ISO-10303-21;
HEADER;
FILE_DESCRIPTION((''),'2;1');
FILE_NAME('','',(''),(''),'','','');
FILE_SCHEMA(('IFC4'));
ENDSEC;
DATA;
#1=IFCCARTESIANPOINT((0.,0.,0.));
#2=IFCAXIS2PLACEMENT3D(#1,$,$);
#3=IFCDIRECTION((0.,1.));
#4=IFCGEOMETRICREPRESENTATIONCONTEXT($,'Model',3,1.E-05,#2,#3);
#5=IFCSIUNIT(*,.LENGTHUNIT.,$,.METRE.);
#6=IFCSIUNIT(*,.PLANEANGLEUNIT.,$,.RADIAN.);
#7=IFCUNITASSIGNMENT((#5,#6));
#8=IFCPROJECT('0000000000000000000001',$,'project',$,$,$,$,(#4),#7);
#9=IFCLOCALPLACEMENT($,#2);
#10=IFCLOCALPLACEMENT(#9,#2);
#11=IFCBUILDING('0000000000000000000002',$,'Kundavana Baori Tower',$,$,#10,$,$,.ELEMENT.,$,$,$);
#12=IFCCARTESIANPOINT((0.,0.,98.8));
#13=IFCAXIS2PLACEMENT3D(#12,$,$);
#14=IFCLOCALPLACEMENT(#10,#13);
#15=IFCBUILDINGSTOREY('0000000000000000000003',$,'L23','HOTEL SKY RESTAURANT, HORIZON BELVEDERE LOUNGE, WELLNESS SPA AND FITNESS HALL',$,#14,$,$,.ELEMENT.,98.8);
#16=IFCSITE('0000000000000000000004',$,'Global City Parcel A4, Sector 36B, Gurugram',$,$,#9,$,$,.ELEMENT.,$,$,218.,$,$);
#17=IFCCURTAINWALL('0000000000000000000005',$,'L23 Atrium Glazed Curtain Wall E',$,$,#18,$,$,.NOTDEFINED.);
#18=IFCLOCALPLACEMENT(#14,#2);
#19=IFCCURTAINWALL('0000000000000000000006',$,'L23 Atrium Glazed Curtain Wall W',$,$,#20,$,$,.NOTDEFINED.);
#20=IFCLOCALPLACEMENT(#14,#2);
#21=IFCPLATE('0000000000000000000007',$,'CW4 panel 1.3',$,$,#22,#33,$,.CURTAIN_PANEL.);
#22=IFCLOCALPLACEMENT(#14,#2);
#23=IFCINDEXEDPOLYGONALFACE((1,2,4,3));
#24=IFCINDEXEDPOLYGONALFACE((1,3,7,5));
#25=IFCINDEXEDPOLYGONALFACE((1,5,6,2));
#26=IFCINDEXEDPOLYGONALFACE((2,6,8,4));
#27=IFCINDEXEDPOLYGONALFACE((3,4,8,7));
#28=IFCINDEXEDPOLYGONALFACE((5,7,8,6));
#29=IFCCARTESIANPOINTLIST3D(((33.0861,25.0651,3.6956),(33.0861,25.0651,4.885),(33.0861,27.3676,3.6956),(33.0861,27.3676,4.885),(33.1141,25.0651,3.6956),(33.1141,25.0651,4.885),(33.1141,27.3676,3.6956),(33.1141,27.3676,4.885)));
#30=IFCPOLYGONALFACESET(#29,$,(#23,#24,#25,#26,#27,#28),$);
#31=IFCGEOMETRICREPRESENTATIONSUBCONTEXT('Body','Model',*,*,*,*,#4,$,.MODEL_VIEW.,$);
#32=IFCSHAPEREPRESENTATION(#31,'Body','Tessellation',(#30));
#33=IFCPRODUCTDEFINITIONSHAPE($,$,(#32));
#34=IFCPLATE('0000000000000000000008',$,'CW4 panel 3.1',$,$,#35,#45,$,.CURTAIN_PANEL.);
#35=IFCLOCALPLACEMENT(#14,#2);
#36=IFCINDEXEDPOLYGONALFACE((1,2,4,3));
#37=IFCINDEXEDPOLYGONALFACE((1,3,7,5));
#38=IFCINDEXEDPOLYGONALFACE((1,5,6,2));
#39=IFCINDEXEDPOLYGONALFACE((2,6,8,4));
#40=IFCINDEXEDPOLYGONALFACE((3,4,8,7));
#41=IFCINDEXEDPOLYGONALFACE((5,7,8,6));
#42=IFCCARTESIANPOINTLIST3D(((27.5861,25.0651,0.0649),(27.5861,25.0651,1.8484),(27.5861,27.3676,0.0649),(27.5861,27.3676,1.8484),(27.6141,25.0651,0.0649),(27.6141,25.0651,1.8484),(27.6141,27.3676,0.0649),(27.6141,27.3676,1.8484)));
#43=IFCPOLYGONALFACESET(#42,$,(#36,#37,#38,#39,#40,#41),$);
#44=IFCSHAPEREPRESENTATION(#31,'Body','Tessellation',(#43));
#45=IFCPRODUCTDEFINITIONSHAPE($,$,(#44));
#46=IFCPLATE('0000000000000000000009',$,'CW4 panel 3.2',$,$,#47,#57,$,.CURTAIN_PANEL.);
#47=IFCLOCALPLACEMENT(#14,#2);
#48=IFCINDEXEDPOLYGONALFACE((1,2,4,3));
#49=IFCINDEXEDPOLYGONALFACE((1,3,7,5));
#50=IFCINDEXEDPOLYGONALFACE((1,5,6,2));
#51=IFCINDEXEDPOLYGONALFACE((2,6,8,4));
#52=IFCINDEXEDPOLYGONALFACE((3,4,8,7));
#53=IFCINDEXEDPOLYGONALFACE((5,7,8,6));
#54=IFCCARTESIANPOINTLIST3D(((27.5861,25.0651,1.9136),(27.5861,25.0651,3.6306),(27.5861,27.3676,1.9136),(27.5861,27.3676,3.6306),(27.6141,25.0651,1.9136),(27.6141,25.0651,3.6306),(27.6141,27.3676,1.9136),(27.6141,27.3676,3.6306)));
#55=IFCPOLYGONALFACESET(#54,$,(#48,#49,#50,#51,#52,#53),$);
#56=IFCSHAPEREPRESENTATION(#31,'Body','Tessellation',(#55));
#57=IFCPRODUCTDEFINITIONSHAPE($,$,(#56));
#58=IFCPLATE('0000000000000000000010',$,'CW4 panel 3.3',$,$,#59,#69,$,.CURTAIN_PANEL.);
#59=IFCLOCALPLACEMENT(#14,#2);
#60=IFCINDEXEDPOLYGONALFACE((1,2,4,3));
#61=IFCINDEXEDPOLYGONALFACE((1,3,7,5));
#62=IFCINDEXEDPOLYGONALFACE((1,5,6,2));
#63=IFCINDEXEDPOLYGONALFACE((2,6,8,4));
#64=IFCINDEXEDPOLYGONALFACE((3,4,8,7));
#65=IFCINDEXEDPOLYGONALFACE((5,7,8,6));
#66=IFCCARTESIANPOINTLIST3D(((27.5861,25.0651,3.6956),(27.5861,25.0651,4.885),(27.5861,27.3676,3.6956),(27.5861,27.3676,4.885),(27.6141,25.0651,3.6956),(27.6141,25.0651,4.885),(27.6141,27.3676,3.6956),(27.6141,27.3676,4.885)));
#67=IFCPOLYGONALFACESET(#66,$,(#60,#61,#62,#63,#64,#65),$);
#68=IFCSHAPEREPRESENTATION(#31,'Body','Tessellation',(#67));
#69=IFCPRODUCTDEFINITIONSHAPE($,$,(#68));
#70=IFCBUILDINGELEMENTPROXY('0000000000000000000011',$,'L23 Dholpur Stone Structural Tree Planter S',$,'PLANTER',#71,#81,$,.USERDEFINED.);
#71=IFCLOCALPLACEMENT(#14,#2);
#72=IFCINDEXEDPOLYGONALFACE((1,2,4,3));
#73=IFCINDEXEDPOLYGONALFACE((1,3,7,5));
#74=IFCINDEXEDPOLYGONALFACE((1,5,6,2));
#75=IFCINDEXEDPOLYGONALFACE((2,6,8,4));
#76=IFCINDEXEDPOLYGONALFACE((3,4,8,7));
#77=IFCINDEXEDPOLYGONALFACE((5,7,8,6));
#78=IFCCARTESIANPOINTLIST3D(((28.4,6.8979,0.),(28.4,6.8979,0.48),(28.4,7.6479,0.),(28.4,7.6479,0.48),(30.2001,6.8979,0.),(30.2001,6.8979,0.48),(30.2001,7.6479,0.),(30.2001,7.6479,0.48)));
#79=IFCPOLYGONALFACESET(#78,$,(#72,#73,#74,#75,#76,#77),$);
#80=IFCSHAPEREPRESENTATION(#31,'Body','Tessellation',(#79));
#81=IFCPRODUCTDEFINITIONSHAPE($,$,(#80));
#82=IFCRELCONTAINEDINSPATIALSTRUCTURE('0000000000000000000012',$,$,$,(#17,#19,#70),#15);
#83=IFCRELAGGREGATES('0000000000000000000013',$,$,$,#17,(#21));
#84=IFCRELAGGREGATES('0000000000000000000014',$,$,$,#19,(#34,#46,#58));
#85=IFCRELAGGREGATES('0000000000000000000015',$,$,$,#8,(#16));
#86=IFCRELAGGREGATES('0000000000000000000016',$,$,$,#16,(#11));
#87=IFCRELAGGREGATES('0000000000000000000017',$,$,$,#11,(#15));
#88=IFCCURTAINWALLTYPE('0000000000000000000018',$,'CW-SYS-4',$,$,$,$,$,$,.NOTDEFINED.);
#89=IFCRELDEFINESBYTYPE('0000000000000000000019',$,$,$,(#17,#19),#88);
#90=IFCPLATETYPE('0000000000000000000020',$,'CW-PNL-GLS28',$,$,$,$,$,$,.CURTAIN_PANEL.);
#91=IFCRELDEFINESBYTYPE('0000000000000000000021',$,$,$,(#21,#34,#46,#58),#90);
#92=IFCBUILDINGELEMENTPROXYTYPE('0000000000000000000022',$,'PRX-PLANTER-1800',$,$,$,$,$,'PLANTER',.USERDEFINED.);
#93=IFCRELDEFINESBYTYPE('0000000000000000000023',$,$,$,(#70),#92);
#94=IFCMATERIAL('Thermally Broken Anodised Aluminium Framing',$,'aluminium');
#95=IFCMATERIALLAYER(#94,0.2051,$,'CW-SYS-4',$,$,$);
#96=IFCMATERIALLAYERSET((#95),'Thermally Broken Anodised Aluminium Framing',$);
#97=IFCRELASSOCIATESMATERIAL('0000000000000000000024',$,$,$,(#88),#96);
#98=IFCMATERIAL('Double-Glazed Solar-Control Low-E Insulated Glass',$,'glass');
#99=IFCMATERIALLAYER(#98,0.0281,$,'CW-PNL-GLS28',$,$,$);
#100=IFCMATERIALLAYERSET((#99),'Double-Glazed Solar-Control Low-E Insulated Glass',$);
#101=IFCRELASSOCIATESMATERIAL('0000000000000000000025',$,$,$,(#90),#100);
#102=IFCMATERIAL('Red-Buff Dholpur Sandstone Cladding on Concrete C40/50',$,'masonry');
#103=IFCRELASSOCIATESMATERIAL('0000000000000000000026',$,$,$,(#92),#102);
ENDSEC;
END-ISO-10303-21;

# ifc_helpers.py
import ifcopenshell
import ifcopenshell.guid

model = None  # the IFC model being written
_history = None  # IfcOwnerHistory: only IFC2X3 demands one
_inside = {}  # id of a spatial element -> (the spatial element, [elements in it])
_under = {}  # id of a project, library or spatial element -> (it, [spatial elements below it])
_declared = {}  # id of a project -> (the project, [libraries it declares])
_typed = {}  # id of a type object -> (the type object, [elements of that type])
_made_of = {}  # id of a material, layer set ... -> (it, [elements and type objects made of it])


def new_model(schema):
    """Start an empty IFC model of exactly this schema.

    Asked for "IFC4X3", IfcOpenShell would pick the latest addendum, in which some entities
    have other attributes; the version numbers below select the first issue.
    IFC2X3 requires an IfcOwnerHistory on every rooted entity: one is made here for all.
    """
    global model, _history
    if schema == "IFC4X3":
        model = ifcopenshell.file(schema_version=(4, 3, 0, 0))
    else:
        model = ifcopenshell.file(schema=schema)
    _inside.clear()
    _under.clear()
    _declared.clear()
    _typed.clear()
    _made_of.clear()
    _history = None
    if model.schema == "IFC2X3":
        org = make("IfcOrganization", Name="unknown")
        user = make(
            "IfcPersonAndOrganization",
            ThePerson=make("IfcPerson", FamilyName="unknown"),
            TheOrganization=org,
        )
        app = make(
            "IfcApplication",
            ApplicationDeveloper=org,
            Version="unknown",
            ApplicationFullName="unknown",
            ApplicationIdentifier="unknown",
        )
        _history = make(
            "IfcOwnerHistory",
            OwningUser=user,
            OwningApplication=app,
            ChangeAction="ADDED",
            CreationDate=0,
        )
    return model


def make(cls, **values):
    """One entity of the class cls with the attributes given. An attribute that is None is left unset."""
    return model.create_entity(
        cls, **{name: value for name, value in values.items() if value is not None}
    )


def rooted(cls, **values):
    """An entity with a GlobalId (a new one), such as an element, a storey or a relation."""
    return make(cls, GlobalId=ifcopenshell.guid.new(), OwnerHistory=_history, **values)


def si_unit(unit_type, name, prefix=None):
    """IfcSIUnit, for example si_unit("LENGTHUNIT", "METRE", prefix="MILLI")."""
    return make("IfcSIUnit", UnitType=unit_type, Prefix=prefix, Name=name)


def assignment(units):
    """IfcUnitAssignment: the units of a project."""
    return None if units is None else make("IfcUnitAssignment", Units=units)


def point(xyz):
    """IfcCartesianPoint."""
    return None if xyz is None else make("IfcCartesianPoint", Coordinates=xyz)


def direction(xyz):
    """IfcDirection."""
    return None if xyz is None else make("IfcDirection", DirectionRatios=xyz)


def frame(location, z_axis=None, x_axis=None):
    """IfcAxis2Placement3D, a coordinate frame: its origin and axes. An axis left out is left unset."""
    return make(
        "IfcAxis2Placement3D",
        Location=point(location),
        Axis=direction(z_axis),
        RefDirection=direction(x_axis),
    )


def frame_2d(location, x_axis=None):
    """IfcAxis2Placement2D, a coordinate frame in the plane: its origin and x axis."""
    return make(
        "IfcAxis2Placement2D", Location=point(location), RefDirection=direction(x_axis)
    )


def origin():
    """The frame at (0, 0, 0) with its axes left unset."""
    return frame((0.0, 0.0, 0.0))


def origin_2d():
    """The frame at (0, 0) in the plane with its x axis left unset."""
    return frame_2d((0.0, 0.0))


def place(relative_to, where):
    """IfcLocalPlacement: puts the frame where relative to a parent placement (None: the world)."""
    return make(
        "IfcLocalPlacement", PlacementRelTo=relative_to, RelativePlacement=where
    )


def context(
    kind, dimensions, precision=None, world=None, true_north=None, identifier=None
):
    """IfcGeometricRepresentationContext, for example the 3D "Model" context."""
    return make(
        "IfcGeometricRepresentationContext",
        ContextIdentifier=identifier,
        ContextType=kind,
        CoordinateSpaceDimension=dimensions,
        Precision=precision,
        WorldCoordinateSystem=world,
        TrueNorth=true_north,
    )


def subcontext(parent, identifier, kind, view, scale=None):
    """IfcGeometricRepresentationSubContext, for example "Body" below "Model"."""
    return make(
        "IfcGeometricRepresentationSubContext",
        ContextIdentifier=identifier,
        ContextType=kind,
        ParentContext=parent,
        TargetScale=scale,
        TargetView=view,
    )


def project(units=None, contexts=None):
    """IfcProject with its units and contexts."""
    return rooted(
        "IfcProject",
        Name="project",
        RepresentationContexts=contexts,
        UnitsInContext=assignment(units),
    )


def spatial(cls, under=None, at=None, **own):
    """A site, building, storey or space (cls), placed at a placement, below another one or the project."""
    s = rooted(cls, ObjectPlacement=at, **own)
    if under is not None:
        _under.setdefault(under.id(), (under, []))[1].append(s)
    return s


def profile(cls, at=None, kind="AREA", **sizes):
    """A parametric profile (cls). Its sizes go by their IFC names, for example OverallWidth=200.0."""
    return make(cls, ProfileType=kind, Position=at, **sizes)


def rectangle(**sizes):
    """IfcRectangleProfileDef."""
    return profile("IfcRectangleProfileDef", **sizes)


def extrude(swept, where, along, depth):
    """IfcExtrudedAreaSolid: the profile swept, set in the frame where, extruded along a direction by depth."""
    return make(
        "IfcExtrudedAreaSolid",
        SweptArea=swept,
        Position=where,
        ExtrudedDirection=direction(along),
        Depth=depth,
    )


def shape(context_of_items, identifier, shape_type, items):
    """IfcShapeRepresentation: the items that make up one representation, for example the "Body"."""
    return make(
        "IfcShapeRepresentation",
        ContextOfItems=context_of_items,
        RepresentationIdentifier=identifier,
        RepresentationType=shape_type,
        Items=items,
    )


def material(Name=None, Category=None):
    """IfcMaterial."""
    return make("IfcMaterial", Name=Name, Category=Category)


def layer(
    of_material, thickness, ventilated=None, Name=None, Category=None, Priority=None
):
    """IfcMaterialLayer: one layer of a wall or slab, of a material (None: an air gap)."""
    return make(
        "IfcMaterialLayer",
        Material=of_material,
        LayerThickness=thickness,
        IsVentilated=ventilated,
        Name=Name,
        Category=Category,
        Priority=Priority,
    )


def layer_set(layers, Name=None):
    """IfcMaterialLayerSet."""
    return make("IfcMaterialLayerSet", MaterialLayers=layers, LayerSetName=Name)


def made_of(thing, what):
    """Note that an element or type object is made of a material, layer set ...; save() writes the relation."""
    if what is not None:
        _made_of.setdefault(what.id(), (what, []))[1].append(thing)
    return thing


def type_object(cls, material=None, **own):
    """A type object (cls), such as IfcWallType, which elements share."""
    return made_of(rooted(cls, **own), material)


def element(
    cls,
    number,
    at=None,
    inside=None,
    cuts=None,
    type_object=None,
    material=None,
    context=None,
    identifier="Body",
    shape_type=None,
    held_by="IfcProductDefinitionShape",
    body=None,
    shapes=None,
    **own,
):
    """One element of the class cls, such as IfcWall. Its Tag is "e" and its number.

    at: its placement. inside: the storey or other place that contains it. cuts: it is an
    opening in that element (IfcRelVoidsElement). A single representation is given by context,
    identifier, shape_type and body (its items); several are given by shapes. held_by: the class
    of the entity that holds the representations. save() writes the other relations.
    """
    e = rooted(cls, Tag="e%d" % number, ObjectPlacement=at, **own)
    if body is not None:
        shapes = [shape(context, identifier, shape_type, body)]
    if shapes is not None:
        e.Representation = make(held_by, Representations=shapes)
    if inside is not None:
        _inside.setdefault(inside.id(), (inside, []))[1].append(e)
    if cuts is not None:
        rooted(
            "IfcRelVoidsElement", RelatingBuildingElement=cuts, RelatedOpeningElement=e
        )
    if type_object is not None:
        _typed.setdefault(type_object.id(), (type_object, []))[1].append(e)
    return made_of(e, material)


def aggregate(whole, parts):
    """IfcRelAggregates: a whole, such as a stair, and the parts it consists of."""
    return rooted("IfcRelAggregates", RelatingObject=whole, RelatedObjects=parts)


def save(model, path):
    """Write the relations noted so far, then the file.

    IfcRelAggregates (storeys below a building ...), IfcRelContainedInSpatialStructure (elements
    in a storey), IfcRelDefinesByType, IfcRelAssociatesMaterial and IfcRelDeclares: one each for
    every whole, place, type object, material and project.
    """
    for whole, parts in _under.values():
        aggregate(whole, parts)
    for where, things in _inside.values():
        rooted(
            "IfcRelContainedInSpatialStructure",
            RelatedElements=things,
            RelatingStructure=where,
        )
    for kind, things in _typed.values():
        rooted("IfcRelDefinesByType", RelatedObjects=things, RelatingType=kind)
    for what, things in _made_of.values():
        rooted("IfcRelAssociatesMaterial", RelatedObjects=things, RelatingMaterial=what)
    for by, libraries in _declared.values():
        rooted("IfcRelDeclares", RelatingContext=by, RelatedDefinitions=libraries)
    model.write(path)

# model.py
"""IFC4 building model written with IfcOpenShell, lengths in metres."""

from ifc_helpers import new_model, si_unit, direction, frame, origin, origin_2d, place, context, subcontext, project, spatial, rectangle, extrude, material, layer, layer_set, type_object, element, aggregate, save


model = new_model("IFC4")

# Units and contexts
model_context = context("Model", 3, precision=1e-05, world=origin(), true_north=direction((0.0, 1.0)))
body_context = subcontext(model_context, "Body", "Model", "MODEL_VIEW")
ifc_project = project(units=[si_unit("LENGTHUNIT", "METRE"), si_unit("PLANEANGLEUNIT", "RADIAN")], contexts=[model_context])

# Site, building, storey
site_placement = place(None, origin())
site = spatial("IfcSite", under=ifc_project, at=site_placement, Name="Global City Parcel A4, Sector 36B, Gurugram", CompositionType="ELEMENT", RefElevation=218.0)
building_placement = place(site_placement, origin())
building = spatial("IfcBuilding", under=site, at=building_placement, Name="Kundavana Baori Tower", CompositionType="ELEMENT")
storey_placement = place(building_placement, frame((0.0, 0.0, 98.8)))
storey = spatial("IfcBuildingStorey", under=building, at=storey_placement, Name="L23", Description="HOTEL SKY RESTAURANT, HORIZON BELVEDERE LOUNGE, WELLNESS SPA AND FITNESS HALL", CompositionType="ELEMENT", Elevation=98.8)

# Curtain wall
ifc_material_1 = material(Name="Thermally Broken Anodised Aluminium Framing", Category="aluminium")
ifc_layer_1 = layer(ifc_material_1, 0.2051, Name="CW-SYS-4")
ifc_layer_set_1 = layer_set([ifc_layer_1], Name="Thermally Broken Anodised Aluminium Framing")
curtain_wall_type = type_object("IfcCurtainWallType", Name="CW-SYS-4", PredefinedType="NOTDEFINED", material=ifc_layer_set_1)
curtain_wall_1_placement = place(storey_placement, origin())
curtain_wall_1 = element("IfcCurtainWall", 1, at=curtain_wall_1_placement, inside=storey, type_object=curtain_wall_type, Name="L23 Atrium Glazed Curtain Wall E", PredefinedType="NOTDEFINED")

# Curtain wall
curtain_wall_2_placement = place(storey_placement, origin())
curtain_wall_2 = element("IfcCurtainWall", 2, at=curtain_wall_2_placement, inside=storey, type_object=curtain_wall_type, Name="L23 Atrium Glazed Curtain Wall W", PredefinedType="NOTDEFINED")

# Plates
ifc_material_2 = material(Name="Double-Glazed Solar-Control Low-E Insulated Glass", Category="glass")
ifc_layer_2 = layer(ifc_material_2, 0.0281, Name="CW-PNL-GLS28")
ifc_layer_set_2 = layer_set([ifc_layer_2], Name="Double-Glazed Solar-Control Low-E Insulated Glass")
plate_type = type_object("IfcPlateType", Name="CW-PNL-GLS28", PredefinedType="CURTAIN_PANEL", material=ifc_layer_set_2)
plate_1_placement = place(storey_placement, frame((33.1001, 26.2163, 3.6956), z_axis=(0.0, 0.0, 1.0), x_axis=(0.0, 1.0, 0.0)))
plate_1 = element("IfcPlate", 3, at=plate_1_placement, type_object=plate_type, Name="CW4 panel 1.3", PredefinedType="CURTAIN_PANEL", context=body_context, shape_type="SweptSolid", body=[
    extrude(rectangle(XDim=2.3025, YDim=0.0281, at=origin_2d()), origin(), (0.0, 0.0, 1.0), 1.1895),
])
aggregate(curtain_wall_1, [plate_1])
plate_2_placement = place(storey_placement, frame((27.6001, 26.2163, 0.0649), z_axis=(0.0, 0.0, 1.0), x_axis=(0.0, -1.0, 0.0)))
plate_2 = element("IfcPlate", 4, at=plate_2_placement, type_object=plate_type, Name="CW4 panel 3.1", PredefinedType="CURTAIN_PANEL", context=body_context, shape_type="SweptSolid", body=[
    extrude(rectangle(XDim=2.3025, YDim=0.0281, at=origin_2d()), origin(), (0.0, 0.0, 1.0), 1.7834),
])
plate_3_placement = place(storey_placement, frame((27.6001, 26.2163, 1.9136), z_axis=(0.0, 0.0, 1.0), x_axis=(0.0, -1.0, 0.0)))
plate_3 = element("IfcPlate", 5, at=plate_3_placement, type_object=plate_type, Name="CW4 panel 3.2", PredefinedType="CURTAIN_PANEL", context=body_context, shape_type="SweptSolid", body=[
    extrude(rectangle(XDim=2.3025, YDim=0.0281, at=origin_2d()), origin(), (0.0, 0.0, 1.0), 1.717),
])
plate_4_placement = place(storey_placement, frame((27.6001, 26.2163, 3.6956), z_axis=(0.0, 0.0, 1.0), x_axis=(0.0, -1.0, 0.0)))
plate_4 = element("IfcPlate", 6, at=plate_4_placement, type_object=plate_type, Name="CW4 panel 3.3", PredefinedType="CURTAIN_PANEL", context=body_context, shape_type="SweptSolid", body=[
    extrude(rectangle(XDim=2.3025, YDim=0.0281, at=origin_2d()), origin(), (0.0, 0.0, 1.0), 1.1895),
])
aggregate(curtain_wall_2, [plate_2, plate_3, plate_4])

# Building element proxy
ifc_material_3 = material(Name="Red-Buff Dholpur Sandstone Cladding on Concrete C40/50", Category="masonry")
building_element_proxy_type = type_object("IfcBuildingElementProxyType", Name="PRX-PLANTER-1800", ElementType="PLANTER", PredefinedType="USERDEFINED", material=ifc_material_3)
proxy_placement = place(storey_placement, frame((29.3, 7.2729, 0.0), z_axis=(0.0, 0.0, 1.0), x_axis=(1.0, 0.0, 0.0)))
element("IfcBuildingElementProxy", 7, at=proxy_placement, inside=storey, type_object=building_element_proxy_type, Name="L23 Dholpur Stone Structural Tree Planter S", ObjectType="PLANTER", PredefinedType="USERDEFINED", context=body_context, shape_type="SweptSolid", body=[
    extrude(rectangle(XDim=1.8, YDim=0.75, at=origin_2d()), origin(), (0.0, 0.0, 1.0), 0.48),
])

save(model, "model.ifc")
